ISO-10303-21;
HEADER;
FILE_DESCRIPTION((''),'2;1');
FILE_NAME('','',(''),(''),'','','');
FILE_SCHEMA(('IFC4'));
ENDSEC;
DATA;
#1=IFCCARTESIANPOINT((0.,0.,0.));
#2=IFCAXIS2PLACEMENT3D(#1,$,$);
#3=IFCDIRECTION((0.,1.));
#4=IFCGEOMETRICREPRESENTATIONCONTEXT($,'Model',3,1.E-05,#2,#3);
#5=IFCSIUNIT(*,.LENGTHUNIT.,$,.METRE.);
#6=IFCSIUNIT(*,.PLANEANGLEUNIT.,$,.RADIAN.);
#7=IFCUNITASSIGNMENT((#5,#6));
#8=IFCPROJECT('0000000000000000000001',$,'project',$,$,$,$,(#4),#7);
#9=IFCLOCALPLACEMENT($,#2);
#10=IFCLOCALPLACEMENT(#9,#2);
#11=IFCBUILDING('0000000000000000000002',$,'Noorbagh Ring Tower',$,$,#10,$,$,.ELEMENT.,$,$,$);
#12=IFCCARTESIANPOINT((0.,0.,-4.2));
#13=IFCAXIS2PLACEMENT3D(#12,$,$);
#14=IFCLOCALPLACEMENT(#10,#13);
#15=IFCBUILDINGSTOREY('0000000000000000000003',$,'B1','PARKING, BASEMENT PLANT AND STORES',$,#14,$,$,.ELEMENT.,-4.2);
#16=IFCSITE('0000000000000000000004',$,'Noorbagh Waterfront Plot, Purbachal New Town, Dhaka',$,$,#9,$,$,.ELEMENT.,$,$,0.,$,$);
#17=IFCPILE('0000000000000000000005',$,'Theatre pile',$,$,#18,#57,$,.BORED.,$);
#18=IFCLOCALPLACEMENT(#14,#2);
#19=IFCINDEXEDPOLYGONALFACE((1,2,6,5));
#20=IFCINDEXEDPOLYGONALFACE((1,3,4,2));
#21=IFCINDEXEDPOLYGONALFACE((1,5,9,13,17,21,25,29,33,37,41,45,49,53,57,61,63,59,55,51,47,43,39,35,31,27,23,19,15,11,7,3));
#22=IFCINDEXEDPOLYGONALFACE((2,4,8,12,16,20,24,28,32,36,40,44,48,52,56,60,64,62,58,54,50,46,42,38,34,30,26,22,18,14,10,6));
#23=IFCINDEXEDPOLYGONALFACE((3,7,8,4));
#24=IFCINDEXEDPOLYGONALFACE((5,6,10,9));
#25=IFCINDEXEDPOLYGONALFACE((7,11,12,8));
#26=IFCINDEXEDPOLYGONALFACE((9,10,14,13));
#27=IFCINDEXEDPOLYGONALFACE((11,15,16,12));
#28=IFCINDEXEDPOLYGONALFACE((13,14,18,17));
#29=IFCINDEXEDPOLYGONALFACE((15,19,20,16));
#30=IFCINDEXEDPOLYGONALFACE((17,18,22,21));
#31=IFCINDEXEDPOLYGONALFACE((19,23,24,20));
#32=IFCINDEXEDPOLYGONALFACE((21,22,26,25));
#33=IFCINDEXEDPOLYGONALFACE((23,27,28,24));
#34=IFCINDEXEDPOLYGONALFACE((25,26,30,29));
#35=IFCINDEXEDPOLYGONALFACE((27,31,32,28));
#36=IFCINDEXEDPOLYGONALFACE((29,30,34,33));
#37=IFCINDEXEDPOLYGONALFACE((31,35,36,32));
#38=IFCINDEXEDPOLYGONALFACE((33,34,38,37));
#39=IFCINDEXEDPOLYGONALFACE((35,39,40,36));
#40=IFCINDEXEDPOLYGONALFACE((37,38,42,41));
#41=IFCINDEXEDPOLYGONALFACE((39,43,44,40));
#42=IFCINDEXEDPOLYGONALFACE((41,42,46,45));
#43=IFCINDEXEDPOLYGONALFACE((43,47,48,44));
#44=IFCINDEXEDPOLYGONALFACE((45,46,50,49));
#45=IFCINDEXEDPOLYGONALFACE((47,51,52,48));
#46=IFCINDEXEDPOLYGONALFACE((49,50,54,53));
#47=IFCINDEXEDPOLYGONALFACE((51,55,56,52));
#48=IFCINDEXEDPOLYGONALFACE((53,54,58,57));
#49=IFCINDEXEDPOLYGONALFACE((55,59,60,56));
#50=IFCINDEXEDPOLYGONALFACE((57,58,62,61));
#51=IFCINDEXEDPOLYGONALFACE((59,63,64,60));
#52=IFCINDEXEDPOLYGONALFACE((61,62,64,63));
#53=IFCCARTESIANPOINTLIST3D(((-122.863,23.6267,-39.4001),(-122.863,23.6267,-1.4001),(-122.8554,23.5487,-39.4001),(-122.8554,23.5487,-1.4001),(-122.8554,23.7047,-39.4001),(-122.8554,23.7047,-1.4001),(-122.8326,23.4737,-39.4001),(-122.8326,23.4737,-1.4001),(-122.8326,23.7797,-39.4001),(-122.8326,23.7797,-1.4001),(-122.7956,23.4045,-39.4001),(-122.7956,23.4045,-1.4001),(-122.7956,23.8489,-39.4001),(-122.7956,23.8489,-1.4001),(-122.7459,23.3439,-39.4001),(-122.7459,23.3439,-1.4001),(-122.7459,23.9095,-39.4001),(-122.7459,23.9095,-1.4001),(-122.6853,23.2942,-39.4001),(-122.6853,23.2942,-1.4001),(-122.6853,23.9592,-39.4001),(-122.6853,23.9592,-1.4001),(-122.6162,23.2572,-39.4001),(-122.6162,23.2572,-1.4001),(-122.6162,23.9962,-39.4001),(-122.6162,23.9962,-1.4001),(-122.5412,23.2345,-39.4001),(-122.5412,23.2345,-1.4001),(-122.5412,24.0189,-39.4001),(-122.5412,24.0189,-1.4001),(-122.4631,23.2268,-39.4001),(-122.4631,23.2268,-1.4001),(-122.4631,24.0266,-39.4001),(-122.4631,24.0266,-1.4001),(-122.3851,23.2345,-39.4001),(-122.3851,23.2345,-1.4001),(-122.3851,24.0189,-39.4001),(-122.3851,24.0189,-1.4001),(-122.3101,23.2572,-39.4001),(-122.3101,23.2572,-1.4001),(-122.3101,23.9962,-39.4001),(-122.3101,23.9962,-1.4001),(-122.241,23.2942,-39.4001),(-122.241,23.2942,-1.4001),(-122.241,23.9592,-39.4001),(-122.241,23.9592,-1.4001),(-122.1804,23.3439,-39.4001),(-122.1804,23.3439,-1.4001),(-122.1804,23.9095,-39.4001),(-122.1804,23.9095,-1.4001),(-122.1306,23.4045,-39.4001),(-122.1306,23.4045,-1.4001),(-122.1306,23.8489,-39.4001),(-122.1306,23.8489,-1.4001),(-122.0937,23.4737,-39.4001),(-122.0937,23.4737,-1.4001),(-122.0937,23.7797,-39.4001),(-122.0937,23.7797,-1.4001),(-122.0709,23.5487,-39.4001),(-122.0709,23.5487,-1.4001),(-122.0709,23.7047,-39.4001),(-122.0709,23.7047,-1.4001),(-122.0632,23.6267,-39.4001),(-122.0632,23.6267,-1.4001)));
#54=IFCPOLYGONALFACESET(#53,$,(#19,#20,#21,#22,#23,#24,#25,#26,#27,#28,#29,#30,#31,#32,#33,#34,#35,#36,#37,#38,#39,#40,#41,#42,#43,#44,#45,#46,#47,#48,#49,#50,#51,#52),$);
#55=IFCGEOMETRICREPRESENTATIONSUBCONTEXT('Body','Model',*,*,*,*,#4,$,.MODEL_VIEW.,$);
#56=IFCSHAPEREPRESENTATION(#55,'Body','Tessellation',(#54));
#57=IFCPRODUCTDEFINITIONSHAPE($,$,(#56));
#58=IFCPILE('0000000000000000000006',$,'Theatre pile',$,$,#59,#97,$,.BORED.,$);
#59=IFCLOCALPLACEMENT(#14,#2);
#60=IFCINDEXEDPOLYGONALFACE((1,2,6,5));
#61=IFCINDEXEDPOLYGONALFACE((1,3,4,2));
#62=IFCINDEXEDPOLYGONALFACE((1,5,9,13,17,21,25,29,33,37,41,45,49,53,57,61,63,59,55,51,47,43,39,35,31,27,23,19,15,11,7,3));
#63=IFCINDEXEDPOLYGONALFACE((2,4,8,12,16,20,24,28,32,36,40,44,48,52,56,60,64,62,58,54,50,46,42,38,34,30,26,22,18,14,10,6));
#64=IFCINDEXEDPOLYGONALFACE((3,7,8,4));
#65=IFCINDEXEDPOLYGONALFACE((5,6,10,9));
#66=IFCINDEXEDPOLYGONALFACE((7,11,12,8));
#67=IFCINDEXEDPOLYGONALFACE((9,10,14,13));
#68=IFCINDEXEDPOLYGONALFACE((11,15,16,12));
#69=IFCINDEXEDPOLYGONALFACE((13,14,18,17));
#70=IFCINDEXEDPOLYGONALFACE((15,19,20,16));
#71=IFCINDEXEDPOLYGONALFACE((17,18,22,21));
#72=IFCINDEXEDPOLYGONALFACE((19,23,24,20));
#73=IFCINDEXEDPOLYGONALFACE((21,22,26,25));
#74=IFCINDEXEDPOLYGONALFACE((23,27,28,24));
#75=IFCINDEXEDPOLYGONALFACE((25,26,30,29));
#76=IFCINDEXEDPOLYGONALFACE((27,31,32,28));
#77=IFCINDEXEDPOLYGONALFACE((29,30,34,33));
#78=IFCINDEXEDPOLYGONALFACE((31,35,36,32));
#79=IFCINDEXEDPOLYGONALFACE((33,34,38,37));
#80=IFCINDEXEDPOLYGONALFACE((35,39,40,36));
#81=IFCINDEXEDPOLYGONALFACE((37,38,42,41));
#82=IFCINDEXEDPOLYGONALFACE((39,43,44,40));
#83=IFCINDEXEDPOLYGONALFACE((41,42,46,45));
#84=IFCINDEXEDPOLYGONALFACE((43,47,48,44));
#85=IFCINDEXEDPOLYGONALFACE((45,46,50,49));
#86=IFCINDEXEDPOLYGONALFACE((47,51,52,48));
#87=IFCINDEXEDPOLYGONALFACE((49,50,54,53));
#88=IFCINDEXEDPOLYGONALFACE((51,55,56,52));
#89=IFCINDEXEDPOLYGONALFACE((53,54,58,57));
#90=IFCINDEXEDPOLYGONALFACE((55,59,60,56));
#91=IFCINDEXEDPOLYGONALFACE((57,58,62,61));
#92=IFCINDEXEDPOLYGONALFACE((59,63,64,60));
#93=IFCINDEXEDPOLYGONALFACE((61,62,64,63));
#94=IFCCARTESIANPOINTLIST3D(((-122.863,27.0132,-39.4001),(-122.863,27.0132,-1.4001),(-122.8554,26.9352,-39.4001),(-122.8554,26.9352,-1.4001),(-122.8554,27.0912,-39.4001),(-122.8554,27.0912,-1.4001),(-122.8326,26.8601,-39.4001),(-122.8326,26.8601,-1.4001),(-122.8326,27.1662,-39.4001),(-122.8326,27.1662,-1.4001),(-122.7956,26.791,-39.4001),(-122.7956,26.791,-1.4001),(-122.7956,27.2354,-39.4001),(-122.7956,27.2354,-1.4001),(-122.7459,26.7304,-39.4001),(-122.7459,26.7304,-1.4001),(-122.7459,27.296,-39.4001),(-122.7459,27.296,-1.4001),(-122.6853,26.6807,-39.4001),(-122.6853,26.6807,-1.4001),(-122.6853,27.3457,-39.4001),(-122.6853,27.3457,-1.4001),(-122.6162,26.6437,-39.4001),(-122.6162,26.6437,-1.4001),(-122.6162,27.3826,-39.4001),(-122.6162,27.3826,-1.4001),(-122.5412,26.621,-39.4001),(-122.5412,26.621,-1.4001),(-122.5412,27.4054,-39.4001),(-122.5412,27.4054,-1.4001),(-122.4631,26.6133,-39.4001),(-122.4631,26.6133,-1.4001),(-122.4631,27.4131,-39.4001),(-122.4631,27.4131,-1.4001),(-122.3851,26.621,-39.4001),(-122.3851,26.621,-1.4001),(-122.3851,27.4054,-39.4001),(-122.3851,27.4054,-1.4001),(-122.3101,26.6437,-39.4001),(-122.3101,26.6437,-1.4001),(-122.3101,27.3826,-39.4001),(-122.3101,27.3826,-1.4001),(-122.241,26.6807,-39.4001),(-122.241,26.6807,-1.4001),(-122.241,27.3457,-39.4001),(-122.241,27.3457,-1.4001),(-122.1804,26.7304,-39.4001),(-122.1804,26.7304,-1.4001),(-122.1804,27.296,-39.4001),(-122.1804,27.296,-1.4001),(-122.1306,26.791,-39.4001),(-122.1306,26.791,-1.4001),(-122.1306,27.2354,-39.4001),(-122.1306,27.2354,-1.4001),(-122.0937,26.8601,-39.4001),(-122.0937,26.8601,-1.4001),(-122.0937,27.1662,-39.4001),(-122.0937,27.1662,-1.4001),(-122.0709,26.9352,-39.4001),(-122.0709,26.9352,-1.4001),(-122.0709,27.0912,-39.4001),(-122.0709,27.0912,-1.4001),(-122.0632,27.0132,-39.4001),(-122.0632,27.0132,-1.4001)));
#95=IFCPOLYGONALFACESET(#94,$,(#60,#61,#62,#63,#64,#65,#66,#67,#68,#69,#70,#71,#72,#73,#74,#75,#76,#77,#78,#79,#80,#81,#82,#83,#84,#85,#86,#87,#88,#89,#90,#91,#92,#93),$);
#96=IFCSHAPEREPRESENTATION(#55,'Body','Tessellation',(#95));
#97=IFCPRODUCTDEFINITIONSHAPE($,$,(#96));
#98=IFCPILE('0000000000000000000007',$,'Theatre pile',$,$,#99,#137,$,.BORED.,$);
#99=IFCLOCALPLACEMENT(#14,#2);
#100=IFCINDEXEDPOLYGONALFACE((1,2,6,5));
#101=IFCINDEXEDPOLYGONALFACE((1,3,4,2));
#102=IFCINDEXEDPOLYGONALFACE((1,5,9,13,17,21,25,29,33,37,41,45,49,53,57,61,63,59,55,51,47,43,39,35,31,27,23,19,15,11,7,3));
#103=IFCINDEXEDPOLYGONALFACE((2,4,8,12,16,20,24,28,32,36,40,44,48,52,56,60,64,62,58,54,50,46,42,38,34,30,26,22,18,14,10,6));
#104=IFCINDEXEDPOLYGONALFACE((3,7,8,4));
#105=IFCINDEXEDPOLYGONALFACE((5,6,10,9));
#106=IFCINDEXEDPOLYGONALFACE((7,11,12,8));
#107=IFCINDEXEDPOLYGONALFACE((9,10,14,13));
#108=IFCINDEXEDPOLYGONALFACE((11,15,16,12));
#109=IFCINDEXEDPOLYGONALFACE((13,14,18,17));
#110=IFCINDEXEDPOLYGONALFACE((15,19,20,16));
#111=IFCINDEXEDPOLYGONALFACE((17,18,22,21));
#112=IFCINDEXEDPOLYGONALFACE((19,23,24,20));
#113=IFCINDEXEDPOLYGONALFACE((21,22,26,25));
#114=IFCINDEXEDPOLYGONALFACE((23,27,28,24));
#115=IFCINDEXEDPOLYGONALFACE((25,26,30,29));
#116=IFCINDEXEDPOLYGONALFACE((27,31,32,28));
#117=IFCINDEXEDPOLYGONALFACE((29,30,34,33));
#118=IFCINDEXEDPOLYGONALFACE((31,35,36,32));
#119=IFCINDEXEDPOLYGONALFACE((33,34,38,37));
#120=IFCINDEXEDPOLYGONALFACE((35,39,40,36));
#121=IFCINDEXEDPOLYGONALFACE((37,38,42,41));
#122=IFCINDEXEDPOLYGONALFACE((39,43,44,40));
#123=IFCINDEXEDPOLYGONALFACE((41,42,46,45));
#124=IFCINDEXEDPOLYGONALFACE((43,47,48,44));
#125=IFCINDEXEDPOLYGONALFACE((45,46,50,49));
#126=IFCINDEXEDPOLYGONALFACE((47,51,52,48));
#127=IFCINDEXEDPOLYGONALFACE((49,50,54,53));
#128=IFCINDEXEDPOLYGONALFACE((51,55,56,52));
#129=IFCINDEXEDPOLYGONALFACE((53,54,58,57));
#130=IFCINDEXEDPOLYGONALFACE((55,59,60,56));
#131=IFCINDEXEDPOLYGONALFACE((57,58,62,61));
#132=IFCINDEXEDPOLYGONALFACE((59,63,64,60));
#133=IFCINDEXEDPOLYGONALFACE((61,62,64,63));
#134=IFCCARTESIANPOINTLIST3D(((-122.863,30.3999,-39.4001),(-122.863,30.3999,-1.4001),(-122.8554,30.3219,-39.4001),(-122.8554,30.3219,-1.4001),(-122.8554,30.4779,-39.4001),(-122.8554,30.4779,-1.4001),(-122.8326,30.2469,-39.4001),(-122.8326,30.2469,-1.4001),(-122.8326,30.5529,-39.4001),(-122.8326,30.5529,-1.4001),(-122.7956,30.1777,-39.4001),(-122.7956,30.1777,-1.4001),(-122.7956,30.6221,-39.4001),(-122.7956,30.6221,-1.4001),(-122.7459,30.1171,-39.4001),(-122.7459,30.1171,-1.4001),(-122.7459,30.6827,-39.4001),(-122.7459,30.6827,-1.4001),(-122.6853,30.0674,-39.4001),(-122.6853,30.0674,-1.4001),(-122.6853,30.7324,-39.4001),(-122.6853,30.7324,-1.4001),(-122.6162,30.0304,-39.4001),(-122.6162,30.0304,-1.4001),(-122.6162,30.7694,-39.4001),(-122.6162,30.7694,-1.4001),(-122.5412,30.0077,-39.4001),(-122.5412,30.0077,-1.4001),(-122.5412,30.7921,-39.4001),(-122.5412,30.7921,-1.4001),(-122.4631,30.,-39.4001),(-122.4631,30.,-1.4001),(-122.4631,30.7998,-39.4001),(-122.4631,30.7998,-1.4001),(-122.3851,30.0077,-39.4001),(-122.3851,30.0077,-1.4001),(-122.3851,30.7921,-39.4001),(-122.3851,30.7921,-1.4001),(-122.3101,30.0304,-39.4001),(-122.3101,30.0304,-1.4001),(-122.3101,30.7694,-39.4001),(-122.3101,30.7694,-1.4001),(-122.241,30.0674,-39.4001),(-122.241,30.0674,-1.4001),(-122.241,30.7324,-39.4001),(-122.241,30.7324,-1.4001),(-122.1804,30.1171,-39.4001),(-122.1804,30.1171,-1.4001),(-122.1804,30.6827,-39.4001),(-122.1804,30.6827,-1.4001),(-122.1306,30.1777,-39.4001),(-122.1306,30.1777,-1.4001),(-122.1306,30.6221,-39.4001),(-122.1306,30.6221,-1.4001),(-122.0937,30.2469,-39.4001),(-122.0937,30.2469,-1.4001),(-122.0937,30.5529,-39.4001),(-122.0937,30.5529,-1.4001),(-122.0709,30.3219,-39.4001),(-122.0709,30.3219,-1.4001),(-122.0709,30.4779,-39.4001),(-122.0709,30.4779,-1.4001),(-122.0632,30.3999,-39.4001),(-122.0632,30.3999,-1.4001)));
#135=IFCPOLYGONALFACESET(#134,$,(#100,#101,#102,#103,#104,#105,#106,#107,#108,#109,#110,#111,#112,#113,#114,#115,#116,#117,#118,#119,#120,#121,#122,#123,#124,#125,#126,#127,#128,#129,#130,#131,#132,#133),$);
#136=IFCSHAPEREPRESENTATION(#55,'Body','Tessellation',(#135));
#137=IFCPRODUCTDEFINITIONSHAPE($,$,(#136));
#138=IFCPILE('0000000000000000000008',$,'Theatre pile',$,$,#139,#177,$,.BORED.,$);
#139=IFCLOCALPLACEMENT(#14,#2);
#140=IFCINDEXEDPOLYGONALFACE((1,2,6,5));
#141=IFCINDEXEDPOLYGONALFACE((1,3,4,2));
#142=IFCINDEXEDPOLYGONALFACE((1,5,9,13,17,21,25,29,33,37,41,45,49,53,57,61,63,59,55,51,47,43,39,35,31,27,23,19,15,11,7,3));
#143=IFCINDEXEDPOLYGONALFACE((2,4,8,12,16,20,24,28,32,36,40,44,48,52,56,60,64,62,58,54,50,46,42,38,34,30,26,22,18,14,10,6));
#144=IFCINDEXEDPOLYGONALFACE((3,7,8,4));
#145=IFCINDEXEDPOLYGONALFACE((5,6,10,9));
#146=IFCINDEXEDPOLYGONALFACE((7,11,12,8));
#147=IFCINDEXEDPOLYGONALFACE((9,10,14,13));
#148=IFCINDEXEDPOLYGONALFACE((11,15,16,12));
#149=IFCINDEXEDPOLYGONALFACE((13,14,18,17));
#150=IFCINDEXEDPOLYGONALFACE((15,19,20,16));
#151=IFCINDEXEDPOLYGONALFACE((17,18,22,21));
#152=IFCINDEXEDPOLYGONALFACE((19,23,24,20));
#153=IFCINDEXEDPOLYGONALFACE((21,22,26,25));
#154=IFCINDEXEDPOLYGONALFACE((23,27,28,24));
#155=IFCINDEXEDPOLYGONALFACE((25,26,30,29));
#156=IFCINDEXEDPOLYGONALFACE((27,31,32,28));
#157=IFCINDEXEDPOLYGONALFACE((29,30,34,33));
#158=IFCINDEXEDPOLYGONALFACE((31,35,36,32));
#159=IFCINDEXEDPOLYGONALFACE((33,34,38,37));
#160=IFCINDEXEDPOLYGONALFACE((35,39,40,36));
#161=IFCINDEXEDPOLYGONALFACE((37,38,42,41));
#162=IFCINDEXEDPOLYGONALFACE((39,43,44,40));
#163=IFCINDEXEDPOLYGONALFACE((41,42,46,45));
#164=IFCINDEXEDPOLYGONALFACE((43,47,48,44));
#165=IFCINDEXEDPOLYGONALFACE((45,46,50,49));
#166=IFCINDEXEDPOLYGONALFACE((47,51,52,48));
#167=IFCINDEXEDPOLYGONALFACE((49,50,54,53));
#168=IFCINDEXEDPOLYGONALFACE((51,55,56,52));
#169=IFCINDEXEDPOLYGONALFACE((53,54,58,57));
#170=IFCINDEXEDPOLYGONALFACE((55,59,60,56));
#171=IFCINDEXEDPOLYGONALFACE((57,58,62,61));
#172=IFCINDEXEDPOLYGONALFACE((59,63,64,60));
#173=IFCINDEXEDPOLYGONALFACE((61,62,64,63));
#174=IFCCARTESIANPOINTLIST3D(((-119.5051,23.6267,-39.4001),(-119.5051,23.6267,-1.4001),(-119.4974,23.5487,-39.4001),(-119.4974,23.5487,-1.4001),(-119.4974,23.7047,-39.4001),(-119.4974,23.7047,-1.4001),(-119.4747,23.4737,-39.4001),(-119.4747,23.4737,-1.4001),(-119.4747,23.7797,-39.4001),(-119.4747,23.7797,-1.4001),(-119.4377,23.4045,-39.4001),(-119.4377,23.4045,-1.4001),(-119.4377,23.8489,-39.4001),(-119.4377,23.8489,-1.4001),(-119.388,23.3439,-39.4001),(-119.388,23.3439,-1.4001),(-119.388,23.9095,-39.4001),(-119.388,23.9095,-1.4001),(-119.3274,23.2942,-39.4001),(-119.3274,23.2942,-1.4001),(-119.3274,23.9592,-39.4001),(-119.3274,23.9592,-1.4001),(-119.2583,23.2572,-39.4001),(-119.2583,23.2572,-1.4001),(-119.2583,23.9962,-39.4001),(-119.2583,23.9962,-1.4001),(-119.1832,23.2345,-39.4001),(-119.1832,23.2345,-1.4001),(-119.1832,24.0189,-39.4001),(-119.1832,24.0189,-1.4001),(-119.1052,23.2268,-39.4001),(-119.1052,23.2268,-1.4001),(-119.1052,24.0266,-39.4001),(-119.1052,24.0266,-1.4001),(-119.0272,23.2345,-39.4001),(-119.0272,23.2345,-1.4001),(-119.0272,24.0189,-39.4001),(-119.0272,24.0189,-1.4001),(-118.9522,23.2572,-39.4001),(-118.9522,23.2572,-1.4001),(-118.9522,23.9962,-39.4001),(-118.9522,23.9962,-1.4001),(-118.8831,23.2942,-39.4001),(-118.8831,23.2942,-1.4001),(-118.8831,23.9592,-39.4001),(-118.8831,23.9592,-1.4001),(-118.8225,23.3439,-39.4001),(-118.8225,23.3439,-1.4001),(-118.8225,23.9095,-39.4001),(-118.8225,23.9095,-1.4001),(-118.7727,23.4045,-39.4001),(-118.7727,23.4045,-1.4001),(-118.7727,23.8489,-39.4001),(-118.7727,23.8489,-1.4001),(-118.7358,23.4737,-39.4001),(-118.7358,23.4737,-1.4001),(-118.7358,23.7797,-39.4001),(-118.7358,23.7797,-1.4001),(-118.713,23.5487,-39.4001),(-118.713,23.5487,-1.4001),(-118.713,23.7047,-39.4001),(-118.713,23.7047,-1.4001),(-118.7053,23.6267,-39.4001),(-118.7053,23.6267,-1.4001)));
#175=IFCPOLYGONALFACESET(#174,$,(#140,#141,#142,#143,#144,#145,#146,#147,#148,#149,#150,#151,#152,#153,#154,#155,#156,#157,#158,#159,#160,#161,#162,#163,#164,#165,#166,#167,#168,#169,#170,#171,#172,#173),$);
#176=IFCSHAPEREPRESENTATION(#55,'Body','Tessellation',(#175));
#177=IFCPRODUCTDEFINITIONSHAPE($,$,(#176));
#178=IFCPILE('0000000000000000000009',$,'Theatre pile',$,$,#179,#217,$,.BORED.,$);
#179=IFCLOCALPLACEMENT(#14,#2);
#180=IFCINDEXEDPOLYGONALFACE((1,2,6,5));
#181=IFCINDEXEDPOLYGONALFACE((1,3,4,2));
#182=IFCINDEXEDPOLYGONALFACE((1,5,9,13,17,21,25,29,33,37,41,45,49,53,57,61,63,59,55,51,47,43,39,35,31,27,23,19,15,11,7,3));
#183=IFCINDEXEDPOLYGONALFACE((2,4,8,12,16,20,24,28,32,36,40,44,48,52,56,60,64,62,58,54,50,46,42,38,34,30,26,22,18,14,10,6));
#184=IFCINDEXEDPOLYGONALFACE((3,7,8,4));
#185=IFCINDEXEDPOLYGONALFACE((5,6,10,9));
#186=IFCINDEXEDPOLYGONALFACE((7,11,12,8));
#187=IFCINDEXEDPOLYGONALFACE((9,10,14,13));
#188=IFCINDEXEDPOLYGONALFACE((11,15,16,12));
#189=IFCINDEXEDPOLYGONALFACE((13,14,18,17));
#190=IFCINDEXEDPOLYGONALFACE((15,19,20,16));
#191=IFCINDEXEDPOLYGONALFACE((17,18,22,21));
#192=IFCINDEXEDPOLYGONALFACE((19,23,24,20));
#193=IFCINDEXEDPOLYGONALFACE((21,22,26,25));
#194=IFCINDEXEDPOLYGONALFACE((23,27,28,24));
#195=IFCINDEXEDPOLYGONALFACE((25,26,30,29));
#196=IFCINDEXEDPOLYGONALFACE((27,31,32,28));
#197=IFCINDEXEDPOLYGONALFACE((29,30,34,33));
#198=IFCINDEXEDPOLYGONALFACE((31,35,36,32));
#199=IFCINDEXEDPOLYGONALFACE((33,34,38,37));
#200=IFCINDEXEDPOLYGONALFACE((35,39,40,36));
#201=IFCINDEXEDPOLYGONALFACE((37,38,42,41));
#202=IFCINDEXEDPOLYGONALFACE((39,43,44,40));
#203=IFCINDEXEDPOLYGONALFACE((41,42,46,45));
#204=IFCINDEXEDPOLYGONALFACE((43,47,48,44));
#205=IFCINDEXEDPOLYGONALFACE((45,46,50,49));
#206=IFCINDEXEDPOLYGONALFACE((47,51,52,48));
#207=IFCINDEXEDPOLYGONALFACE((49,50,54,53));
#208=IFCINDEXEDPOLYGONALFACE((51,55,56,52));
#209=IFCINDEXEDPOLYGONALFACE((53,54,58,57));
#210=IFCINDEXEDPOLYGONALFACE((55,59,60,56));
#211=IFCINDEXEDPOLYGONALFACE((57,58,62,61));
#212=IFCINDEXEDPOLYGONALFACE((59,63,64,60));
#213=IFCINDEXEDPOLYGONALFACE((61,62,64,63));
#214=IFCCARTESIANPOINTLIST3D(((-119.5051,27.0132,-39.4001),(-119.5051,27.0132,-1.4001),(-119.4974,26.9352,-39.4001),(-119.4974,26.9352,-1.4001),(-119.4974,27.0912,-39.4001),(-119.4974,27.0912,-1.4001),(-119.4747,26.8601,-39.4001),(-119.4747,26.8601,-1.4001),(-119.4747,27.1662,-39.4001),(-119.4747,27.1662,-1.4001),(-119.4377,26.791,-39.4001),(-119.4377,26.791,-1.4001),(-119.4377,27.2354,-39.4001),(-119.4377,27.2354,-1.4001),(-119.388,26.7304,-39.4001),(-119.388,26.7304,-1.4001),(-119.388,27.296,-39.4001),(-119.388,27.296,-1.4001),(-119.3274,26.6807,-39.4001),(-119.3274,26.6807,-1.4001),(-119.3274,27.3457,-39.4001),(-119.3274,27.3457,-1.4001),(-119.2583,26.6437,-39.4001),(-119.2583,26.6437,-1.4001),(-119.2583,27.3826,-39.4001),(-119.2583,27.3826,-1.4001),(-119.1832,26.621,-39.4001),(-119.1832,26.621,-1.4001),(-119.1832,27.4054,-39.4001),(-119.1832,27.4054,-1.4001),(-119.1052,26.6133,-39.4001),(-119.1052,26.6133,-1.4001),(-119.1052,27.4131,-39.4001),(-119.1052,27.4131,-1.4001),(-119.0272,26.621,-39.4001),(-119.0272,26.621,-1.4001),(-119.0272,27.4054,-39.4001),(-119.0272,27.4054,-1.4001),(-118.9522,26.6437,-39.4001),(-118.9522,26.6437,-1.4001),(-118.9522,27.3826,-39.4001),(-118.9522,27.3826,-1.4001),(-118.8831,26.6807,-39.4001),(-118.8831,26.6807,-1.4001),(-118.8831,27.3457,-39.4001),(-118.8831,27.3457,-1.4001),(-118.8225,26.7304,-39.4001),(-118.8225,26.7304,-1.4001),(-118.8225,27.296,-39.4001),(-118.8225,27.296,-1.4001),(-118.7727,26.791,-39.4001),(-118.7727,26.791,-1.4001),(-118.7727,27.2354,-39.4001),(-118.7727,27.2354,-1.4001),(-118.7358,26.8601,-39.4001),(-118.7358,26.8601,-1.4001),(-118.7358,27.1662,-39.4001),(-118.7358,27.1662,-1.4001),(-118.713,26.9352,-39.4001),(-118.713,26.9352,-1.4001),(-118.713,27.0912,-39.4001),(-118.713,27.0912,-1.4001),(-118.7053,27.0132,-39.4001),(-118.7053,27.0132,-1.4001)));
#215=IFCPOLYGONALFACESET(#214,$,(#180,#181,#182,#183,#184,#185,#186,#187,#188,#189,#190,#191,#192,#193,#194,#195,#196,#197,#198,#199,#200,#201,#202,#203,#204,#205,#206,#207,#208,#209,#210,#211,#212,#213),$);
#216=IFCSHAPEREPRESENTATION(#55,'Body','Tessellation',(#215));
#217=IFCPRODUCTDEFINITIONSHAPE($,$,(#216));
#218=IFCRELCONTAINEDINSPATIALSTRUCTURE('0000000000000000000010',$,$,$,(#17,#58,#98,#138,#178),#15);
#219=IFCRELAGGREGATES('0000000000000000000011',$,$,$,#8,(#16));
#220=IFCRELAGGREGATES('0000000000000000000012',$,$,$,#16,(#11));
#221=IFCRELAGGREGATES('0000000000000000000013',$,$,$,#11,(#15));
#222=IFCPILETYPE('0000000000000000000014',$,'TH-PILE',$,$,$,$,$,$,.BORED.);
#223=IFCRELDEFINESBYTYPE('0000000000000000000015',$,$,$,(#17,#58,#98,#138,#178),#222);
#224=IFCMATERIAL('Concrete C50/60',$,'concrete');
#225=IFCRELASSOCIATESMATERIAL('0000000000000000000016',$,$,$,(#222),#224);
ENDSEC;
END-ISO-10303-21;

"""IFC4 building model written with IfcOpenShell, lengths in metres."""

from ifc_helpers import new_model, si_unit, direction, frame, origin, origin_2d, place, context, subcontext, project, spatial, circle, extrude, material, material_profile, profile_set, type_object, element, save


model = new_model("IFC4")

# Units and contexts
model_context = context("Model", 3, precision=1e-05, world=origin(), true_north=direction((0.0, 1.0)))
body_context = subcontext(model_context, "Body", "Model", "MODEL_VIEW")
ifc_project = project(units=[si_unit("LENGTHUNIT", "METRE"), si_unit("PLANEANGLEUNIT", "RADIAN")], contexts=[model_context])

# Site, building, storey
site_placement = place(None, origin())
site = spatial("IfcSite", under=ifc_project, at=site_placement, Name="Noorbagh Waterfront Plot, Purbachal New Town, Dhaka", CompositionType="ELEMENT", RefElevation=0.0)
building_placement = place(site_placement, origin())
building = spatial("IfcBuilding", under=site, at=building_placement, Name="Noorbagh Ring Tower", CompositionType="ELEMENT")
storey_placement = place(building_placement, frame((0.0, 0.0, -4.2)))
storey = spatial("IfcBuildingStorey", under=building, at=storey_placement, Name="B1", Description="PARKING, BASEMENT PLANT AND STORES", CompositionType="ELEMENT", Elevation=-4.2)

# Piles
ifc_material_1 = material(Name="Concrete C50/60", Category="concrete")
ifc_material_profile = material_profile(ifc_material_1, circle(Radius=0.3999, at=origin_2d()), Name="PILE800")
ifc_profile_set = profile_set([ifc_material_profile], Name="Concrete C50/60")
pile_type = type_object("IfcPileType", Name="TH-PILE", PredefinedType="BORED", material=ifc_profile_set)
for number, where, z_axis, x_axis, name in (
    (1, (-122.4631, 23.6267, -1.4001), (0.0, 0.0, -1.0), (1.0, 0.0, 0.0), "Theatre pile"),
    (2, (-122.4631, 27.0132, -1.4001), (0.0, 0.0, -1.0), (1.0, 0.0, 0.0), "Theatre pile"),
    (3, (-122.4631, 30.3999, -1.4001), (0.0, 0.0, -1.0), (1.0, 0.0, 0.0), "Theatre pile"),
    (4, (-119.1052, 23.6267, -1.4001), (0.0, 0.0, -1.0), (1.0, 0.0, 0.0), "Theatre pile"),
    (5, (-119.1052, 27.0132, -1.4001), (0.0, 0.0, -1.0), (1.0, 0.0, 0.0), "Theatre pile"),
):
    element("IfcPile", number, at=place(storey_placement, frame(where, z_axis=z_axis, x_axis=x_axis)), inside=storey, type_object=pile_type, Name=name, PredefinedType="BORED", context=body_context, shape_type="SweptSolid", body=[
        extrude(circle(Radius=0.3999, at=origin_2d()), origin(), (0.0, 0.0, 1.0), 38.0),
    ])

save(model, "model.ifc")
